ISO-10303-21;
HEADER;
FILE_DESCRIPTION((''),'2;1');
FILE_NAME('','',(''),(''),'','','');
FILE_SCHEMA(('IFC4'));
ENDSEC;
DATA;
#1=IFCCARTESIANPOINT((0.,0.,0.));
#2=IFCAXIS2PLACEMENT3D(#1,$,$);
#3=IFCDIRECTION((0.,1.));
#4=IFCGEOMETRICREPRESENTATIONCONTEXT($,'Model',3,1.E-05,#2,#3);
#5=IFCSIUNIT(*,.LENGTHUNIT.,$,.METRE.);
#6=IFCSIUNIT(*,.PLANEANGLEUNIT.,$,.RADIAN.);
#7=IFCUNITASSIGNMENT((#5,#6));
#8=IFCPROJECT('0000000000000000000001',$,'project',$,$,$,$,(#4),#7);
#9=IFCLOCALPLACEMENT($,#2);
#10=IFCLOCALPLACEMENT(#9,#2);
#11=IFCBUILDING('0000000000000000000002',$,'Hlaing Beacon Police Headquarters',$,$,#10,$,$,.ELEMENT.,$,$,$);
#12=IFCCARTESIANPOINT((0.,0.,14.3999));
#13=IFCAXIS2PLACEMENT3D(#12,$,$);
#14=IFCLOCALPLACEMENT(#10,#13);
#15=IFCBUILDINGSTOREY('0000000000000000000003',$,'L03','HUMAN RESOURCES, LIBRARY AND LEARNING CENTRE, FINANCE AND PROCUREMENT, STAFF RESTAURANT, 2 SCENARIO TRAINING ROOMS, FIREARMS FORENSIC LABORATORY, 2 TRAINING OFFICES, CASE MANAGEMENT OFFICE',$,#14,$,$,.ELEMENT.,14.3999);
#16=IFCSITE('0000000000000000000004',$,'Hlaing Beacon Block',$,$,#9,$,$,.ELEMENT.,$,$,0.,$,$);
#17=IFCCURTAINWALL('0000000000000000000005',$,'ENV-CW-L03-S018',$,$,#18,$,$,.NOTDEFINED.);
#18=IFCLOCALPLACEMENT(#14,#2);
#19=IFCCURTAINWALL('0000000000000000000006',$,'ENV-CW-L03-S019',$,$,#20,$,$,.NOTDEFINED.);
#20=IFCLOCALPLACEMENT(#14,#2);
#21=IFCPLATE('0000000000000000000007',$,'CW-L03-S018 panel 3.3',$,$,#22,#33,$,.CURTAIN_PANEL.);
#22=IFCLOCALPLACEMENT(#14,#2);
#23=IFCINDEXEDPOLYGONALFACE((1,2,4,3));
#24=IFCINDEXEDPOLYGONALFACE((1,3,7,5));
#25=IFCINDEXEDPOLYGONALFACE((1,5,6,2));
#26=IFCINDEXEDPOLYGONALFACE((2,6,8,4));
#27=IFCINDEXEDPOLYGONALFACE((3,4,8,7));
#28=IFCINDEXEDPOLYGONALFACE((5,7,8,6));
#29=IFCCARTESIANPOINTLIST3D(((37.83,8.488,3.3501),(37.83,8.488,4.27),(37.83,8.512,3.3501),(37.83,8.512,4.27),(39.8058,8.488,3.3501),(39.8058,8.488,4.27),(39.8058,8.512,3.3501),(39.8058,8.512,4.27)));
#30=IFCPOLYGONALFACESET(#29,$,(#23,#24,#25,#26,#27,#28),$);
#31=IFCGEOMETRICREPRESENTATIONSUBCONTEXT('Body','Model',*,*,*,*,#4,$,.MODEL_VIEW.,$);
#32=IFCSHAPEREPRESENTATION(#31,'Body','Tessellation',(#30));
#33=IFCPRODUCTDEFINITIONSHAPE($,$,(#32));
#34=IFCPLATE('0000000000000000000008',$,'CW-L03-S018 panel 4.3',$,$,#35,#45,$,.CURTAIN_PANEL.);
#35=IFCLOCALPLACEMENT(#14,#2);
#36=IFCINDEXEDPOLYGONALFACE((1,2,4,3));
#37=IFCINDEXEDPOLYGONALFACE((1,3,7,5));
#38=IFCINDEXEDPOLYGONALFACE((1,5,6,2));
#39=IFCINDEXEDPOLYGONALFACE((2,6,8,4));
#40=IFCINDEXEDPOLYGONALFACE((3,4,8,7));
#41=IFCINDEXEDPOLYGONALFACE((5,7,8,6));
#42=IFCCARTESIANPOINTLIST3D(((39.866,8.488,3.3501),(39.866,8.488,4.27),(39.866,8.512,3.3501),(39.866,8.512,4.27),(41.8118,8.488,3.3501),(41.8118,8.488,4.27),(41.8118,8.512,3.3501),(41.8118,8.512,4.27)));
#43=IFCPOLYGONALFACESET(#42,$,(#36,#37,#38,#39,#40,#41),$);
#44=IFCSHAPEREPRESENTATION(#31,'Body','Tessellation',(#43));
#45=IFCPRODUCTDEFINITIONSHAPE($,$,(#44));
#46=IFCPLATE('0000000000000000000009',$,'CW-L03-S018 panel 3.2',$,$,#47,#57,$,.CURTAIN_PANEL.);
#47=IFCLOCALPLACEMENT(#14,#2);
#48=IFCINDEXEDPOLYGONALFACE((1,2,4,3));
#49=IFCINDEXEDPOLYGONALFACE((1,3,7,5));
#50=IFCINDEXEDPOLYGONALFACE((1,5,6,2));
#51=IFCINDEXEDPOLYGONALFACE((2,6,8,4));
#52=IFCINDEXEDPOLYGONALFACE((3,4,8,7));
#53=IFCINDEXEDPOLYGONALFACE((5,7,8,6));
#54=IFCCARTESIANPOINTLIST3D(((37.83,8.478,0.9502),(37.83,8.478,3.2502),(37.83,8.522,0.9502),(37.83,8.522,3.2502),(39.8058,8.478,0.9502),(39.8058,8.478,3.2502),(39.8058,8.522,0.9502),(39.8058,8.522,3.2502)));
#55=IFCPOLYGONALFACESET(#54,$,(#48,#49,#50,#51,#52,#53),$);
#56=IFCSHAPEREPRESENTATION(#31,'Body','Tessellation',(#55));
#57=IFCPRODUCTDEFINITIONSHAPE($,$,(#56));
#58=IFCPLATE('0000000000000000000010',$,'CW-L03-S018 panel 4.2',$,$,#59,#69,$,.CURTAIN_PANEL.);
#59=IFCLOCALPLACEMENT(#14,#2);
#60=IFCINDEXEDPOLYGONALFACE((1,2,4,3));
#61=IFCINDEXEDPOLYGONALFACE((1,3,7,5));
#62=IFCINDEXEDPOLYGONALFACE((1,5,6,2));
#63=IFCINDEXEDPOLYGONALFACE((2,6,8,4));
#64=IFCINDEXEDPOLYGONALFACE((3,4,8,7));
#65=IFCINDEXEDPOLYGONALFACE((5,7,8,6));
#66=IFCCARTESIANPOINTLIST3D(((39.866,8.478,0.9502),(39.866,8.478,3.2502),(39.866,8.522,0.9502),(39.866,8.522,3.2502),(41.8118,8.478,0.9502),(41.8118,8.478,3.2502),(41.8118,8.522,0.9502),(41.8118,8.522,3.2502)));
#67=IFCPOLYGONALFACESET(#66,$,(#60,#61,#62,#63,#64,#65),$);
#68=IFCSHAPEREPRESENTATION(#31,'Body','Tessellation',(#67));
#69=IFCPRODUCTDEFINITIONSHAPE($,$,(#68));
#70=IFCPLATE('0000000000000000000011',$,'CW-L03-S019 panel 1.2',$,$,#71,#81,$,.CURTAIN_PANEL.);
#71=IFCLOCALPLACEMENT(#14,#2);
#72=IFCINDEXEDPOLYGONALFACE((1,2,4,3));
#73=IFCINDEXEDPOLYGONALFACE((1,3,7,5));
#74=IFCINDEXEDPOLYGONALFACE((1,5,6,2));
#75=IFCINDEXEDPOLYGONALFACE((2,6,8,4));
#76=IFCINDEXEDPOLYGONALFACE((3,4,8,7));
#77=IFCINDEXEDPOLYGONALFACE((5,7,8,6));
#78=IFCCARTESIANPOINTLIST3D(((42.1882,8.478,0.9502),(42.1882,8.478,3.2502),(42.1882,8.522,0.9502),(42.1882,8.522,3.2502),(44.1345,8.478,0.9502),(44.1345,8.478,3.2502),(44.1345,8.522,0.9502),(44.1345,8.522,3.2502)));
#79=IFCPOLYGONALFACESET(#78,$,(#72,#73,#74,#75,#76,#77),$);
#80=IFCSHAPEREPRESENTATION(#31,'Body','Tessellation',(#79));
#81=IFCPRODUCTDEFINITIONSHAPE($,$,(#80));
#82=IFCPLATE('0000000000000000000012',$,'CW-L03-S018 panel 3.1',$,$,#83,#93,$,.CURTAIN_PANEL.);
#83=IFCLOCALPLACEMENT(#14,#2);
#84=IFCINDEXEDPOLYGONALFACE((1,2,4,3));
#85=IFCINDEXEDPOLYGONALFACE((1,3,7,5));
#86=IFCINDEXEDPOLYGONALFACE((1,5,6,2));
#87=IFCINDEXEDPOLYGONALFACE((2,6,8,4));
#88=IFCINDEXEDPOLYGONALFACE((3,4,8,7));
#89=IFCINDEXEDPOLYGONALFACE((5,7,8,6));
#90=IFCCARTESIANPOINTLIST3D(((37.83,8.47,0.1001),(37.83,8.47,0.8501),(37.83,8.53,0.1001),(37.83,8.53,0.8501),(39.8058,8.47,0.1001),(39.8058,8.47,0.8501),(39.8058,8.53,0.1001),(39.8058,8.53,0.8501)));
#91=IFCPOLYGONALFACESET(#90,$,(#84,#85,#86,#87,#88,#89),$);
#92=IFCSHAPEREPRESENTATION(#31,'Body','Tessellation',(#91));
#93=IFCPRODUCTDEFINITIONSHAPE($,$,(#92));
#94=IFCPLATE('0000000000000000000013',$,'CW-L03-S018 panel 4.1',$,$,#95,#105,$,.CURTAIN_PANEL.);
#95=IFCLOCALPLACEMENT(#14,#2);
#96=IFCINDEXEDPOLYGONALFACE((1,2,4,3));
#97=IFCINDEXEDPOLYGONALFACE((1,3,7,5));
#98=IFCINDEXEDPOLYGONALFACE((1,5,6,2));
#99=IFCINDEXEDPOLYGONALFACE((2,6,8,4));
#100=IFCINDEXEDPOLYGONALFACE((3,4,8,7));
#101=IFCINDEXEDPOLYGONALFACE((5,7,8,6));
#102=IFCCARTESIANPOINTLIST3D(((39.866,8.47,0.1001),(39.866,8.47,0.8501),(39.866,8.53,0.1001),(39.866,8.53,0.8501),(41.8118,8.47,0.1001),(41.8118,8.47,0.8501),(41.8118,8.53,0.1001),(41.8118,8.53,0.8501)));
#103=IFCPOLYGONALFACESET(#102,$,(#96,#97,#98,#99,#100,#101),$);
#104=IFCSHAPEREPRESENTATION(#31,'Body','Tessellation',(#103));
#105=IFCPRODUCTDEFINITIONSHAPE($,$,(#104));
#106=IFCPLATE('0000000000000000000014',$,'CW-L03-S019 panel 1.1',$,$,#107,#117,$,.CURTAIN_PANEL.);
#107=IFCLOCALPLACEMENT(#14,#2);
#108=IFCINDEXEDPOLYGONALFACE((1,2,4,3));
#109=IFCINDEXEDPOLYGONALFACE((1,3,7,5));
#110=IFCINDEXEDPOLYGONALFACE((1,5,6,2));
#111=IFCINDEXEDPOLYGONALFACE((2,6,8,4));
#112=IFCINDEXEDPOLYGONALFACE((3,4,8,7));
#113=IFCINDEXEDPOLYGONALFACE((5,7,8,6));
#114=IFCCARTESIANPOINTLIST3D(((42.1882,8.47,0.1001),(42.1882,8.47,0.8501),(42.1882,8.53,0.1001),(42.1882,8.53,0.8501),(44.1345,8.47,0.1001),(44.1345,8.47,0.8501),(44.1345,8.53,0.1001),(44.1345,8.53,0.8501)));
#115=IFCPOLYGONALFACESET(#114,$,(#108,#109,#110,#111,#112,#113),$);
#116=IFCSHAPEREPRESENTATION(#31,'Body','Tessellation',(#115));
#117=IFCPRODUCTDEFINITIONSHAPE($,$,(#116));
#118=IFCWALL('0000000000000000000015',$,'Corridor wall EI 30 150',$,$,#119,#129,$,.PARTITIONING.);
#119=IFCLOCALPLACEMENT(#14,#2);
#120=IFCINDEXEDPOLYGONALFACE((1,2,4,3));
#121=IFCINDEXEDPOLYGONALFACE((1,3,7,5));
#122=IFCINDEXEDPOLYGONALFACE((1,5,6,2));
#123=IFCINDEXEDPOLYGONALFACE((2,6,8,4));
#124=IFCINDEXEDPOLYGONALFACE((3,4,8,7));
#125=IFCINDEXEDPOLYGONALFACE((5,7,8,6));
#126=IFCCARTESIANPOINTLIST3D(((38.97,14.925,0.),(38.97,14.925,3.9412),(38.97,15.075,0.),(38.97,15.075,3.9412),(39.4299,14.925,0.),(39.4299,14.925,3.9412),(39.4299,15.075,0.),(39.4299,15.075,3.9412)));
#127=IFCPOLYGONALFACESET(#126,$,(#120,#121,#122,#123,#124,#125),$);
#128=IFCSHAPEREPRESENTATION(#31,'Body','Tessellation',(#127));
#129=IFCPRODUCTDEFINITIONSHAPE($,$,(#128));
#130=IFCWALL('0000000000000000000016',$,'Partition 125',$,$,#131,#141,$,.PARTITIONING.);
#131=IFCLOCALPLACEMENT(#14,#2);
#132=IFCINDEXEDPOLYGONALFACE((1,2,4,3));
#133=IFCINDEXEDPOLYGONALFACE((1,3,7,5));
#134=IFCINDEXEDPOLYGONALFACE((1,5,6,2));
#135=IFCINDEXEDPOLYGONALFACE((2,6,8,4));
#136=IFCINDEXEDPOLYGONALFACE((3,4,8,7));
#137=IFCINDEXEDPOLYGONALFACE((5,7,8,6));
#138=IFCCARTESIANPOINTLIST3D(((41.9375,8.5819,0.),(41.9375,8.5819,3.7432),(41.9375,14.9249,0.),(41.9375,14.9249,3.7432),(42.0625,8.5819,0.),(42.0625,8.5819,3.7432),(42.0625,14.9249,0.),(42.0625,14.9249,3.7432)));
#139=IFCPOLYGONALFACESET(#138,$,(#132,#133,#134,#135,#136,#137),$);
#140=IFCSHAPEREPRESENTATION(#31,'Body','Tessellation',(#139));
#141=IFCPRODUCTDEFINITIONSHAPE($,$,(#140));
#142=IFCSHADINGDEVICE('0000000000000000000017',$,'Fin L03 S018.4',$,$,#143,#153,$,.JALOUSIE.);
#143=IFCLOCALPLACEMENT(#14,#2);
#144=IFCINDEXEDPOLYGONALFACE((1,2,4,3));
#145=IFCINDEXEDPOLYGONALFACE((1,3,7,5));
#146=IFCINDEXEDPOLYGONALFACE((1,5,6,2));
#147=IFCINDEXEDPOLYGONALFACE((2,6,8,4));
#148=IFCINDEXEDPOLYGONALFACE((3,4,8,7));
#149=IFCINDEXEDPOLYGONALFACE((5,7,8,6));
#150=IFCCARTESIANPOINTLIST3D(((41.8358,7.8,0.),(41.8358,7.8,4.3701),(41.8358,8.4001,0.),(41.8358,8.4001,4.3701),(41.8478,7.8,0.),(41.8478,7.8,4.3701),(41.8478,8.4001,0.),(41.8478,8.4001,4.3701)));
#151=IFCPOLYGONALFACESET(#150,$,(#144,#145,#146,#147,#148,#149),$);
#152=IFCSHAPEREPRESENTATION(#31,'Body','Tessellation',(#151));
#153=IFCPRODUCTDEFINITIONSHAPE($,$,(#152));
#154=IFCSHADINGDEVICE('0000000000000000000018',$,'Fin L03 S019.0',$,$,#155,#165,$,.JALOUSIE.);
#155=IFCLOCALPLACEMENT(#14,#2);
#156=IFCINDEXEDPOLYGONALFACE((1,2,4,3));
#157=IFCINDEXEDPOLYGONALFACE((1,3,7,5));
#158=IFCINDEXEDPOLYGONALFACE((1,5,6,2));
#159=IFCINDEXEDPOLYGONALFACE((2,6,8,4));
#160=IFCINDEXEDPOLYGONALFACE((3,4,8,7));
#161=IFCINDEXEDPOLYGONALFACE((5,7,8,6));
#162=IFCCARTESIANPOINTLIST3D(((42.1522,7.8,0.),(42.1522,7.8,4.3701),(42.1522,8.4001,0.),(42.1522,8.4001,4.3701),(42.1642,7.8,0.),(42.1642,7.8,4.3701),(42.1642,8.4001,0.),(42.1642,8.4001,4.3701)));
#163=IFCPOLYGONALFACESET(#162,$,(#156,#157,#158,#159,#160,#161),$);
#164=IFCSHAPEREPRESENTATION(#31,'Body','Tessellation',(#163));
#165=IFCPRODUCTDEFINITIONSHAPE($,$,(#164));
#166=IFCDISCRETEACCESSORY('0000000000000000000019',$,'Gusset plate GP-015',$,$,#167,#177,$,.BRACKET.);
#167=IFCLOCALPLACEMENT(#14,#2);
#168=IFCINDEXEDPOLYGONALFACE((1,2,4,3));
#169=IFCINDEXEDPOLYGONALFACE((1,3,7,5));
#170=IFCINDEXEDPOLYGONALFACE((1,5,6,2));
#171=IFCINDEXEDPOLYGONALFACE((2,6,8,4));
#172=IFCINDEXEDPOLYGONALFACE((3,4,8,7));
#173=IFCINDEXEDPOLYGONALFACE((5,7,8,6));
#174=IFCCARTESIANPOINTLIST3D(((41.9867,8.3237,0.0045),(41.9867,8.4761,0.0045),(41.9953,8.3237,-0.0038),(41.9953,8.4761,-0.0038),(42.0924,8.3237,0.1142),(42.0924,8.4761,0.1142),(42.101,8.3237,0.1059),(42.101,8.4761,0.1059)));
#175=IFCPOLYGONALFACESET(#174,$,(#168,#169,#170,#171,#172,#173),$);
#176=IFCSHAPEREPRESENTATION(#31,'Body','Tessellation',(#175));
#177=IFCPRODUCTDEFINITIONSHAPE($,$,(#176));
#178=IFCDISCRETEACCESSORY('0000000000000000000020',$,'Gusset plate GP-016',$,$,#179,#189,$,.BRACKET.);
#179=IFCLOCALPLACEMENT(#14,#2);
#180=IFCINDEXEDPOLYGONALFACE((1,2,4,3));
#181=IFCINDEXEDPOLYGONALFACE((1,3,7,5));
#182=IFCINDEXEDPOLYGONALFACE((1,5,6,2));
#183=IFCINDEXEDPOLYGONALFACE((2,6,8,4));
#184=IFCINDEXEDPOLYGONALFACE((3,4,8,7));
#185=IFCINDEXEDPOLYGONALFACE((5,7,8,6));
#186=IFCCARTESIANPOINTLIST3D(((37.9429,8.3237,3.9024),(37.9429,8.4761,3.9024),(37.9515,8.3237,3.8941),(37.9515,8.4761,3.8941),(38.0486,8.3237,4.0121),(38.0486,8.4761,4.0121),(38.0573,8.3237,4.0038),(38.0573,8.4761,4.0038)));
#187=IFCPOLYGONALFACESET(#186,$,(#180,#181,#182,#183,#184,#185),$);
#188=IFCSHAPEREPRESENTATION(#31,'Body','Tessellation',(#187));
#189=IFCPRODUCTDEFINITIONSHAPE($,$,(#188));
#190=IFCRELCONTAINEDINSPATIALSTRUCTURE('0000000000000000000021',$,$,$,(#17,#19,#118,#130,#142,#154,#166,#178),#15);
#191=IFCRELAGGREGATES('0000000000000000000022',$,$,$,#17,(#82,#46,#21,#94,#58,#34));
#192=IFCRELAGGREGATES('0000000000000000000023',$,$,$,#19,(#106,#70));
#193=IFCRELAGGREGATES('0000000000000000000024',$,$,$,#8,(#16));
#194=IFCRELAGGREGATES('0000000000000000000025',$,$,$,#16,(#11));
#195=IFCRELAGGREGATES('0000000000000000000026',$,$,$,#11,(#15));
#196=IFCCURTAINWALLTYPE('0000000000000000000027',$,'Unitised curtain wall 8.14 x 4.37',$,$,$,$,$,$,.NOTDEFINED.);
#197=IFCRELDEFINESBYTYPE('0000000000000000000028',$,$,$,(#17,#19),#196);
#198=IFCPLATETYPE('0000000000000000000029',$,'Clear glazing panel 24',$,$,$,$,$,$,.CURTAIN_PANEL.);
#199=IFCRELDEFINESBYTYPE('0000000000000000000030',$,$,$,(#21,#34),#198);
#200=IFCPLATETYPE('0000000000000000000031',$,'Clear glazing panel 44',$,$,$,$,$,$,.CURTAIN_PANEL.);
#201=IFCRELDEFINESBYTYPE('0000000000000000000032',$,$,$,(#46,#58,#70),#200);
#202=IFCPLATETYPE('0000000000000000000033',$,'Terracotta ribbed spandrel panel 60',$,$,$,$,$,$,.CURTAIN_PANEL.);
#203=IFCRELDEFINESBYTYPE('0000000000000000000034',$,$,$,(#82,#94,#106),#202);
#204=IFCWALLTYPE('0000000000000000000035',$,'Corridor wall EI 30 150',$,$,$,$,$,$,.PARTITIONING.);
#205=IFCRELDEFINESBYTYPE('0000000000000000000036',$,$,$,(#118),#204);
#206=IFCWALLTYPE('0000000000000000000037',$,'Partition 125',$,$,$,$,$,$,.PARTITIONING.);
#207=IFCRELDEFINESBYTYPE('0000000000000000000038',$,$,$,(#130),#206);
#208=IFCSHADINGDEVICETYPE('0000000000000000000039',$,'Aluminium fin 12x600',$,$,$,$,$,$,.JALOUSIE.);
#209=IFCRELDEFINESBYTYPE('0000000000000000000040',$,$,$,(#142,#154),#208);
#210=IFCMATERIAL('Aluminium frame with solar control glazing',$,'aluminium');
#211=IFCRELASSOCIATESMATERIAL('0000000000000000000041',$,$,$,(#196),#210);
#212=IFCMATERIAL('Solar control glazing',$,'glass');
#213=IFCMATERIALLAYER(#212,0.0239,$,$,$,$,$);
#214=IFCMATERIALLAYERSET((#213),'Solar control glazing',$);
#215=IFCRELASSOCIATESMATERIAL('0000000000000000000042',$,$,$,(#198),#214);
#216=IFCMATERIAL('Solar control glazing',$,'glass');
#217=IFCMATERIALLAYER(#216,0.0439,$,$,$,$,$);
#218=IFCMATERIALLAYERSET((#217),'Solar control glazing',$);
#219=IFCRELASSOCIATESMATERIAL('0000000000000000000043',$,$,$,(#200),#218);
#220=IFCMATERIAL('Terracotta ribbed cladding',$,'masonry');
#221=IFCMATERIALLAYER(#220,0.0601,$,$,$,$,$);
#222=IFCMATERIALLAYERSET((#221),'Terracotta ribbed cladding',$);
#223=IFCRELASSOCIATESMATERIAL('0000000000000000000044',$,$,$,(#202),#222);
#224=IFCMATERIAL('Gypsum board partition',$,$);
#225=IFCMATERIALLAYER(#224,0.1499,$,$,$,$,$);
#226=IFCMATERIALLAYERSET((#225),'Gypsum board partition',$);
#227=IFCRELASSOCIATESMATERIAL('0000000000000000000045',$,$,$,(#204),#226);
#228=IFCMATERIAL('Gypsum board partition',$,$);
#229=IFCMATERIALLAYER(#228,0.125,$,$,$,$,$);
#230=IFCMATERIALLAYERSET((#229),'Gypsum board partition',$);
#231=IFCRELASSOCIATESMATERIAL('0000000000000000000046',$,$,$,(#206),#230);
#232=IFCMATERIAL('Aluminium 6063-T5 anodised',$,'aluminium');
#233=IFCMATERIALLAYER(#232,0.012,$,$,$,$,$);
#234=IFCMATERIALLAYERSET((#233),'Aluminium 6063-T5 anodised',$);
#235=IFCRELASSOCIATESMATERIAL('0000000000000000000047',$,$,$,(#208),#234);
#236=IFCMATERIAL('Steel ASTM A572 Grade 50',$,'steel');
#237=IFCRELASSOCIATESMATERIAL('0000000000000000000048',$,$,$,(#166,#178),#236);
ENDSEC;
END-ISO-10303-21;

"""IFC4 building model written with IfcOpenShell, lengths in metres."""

from ifc_helpers import new_model, si_unit, direction, frame, frame_2d, origin, origin_2d, place, context, subcontext, project, spatial, rectangle, extrude, material, layer, layer_set, type_object, element, aggregate, save


model = new_model("IFC4")

# Units and contexts
model_context = context("Model", 3, precision=1e-05, world=origin(), true_north=direction((0.0, 1.0)))
body_context = subcontext(model_context, "Body", "Model", "MODEL_VIEW")
ifc_project = project(units=[si_unit("LENGTHUNIT", "METRE"), si_unit("PLANEANGLEUNIT", "RADIAN")], contexts=[model_context])

# Site, building, storey
site_placement = place(None, origin())
site = spatial("IfcSite", under=ifc_project, at=site_placement, Name="Hlaing Beacon Block", CompositionType="ELEMENT", RefElevation=0.0)
building_placement = place(site_placement, origin())
building = spatial("IfcBuilding", under=site, at=building_placement, Name="Hlaing Beacon Police Headquarters", CompositionType="ELEMENT")
storey_placement = place(building_placement, frame((0.0, 0.0, 14.3999)))
storey = spatial("IfcBuildingStorey", under=building, at=storey_placement, Name="L03", Description="HUMAN RESOURCES, LIBRARY AND LEARNING CENTRE, FINANCE AND PROCUREMENT, STAFF RESTAURANT, 2 SCENARIO TRAINING ROOMS, FIREARMS FORENSIC LABORATORY, 2 TRAINING OFFICES, CASE MANAGEMENT OFFICE", CompositionType="ELEMENT", Elevation=14.3999)

# Curtain wall
ifc_material_1 = material(Name="Aluminium frame with solar control glazing", Category="aluminium")
curtain_wall_type = type_object("IfcCurtainWallType", Name="Unitised curtain wall 8.14 x 4.37", PredefinedType="NOTDEFINED", material=ifc_material_1)
curtain_wall_1_placement = place(storey_placement, origin())
curtain_wall_1 = element("IfcCurtainWall", 1, at=curtain_wall_1_placement, inside=storey, type_object=curtain_wall_type, Name="ENV-CW-L03-S018", PredefinedType="NOTDEFINED")

# Curtain wall
curtain_wall_2_placement = place(storey_placement, origin())
curtain_wall_2 = element("IfcCurtainWall", 2, at=curtain_wall_2_placement, inside=storey, type_object=curtain_wall_type, Name="ENV-CW-L03-S019", PredefinedType="NOTDEFINED")

# Plates
ifc_material_2 = material(Name="Solar control glazing", Category="glass")
ifc_layer_1 = layer(ifc_material_2, 0.0239)
ifc_layer_set_1 = layer_set([ifc_layer_1], Name="Solar control glazing")
plate_type_1 = type_object("IfcPlateType", Name="Clear glazing panel 24", PredefinedType="CURTAIN_PANEL", material=ifc_layer_set_1)
plate_1_placement = place(storey_placement, frame((38.8179, 8.5, 3.3501), z_axis=(0.0, 0.0, 1.0), x_axis=(1.0, 0.0, 0.0)))
plate_1 = element("IfcPlate", 3, at=plate_1_placement, type_object=plate_type_1, Name="CW-L03-S018 panel 3.3", PredefinedType="CURTAIN_PANEL", context=body_context, shape_type="SweptSolid", body=[
    extrude(rectangle(XDim=1.9758, YDim=0.0239, at=origin_2d()), origin(), (0.0, 0.0, 1.0), 0.9199),
])
plate_2_placement = place(storey_placement, frame((40.8389, 8.5, 3.3501), z_axis=(0.0, 0.0, 1.0), x_axis=(1.0, 0.0, 0.0)))
plate_2 = element("IfcPlate", 4, at=plate_2_placement, type_object=plate_type_1, Name="CW-L03-S018 panel 4.3", PredefinedType="CURTAIN_PANEL", context=body_context, shape_type="SweptSolid", body=[
    extrude(rectangle(XDim=1.9458, YDim=0.0239, at=origin_2d()), origin(), (0.0, 0.0, 1.0), 0.9199),
])
ifc_material_3 = material(Name="Solar control glazing", Category="glass")
ifc_layer_2 = layer(ifc_material_3, 0.0439)
ifc_layer_set_2 = layer_set([ifc_layer_2], Name="Solar control glazing")
plate_type_2 = type_object("IfcPlateType", Name="Clear glazing panel 44", PredefinedType="CURTAIN_PANEL", material=ifc_layer_set_2)
plate_3_placement = place(storey_placement, frame((38.8179, 8.5, 0.9502), z_axis=(0.0, 0.0, 1.0), x_axis=(1.0, 0.0, 0.0)))
plate_3 = element("IfcPlate", 5, at=plate_3_placement, type_object=plate_type_2, Name="CW-L03-S018 panel 3.2", PredefinedType="CURTAIN_PANEL", context=body_context, shape_type="SweptSolid", body=[
    extrude(rectangle(XDim=1.9758, YDim=0.0439, at=origin_2d()), origin(), (0.0, 0.0, 1.0), 2.3),
])
plate_4_placement = place(storey_placement, frame((40.8389, 8.5, 0.9502), z_axis=(0.0, 0.0, 1.0), x_axis=(1.0, 0.0, 0.0)))
plate_4 = element("IfcPlate", 6, at=plate_4_placement, type_object=plate_type_2, Name="CW-L03-S018 panel 4.2", PredefinedType="CURTAIN_PANEL", context=body_context, shape_type="SweptSolid", body=[
    extrude(rectangle(XDim=1.9458, YDim=0.0439, at=origin_2d()), origin(), (0.0, 0.0, 1.0), 2.3),
])
plate_5_placement = place(storey_placement, frame((43.1614, 8.5, 0.9502), z_axis=(0.0, 0.0, 1.0), x_axis=(1.0, 0.0, 0.0)))
plate_5 = element("IfcPlate", 7, at=plate_5_placement, type_object=plate_type_2, Name="CW-L03-S019 panel 1.2", PredefinedType="CURTAIN_PANEL", context=body_context, shape_type="SweptSolid", body=[
    extrude(rectangle(XDim=1.9463, YDim=0.0439, at=origin_2d()), origin(), (0.0, 0.0, 1.0), 2.3),
])
ifc_material_4 = material(Name="Terracotta ribbed cladding", Category="masonry")
ifc_layer_3 = layer(ifc_material_4, 0.0601)
ifc_layer_set_3 = layer_set([ifc_layer_3], Name="Terracotta ribbed cladding")
plate_type_3 = type_object("IfcPlateType", Name="Terracotta ribbed spandrel panel 60", PredefinedType="CURTAIN_PANEL", material=ifc_layer_set_3)
plate_6_placement = place(storey_placement, frame((38.8179, 8.5, 0.1001), z_axis=(0.0, 0.0, 1.0), x_axis=(1.0, 0.0, 0.0)))
plate_6 = element("IfcPlate", 8, at=plate_6_placement, type_object=plate_type_3, Name="CW-L03-S018 panel 3.1", PredefinedType="CURTAIN_PANEL", context=body_context, shape_type="SweptSolid", body=[
    extrude(rectangle(XDim=1.9758, YDim=0.0601, at=origin_2d()), origin(), (0.0, 0.0, 1.0), 0.75),
])
plate_7_placement = place(storey_placement, frame((40.8389, 8.5, 0.1001), z_axis=(0.0, 0.0, 1.0), x_axis=(1.0, 0.0, 0.0)))
plate_7 = element("IfcPlate", 9, at=plate_7_placement, type_object=plate_type_3, Name="CW-L03-S018 panel 4.1", PredefinedType="CURTAIN_PANEL", context=body_context, shape_type="SweptSolid", body=[
    extrude(rectangle(XDim=1.9458, YDim=0.0601, at=origin_2d()), origin(), (0.0, 0.0, 1.0), 0.75),
])
aggregate(curtain_wall_1, [plate_6, plate_3, plate_1, plate_7, plate_4, plate_2])
plate_8_placement = place(storey_placement, frame((43.1614, 8.5, 0.1001), z_axis=(0.0, 0.0, 1.0), x_axis=(1.0, 0.0, 0.0)))
plate_8 = element("IfcPlate", 10, at=plate_8_placement, type_object=plate_type_3, Name="CW-L03-S019 panel 1.1", PredefinedType="CURTAIN_PANEL", context=body_context, shape_type="SweptSolid", body=[
    extrude(rectangle(XDim=1.9463, YDim=0.0601, at=origin_2d()), origin(), (0.0, 0.0, 1.0), 0.75),
])
aggregate(curtain_wall_2, [plate_8, plate_5])

# Walls
ifc_material_5 = material(Name="Gypsum board partition")
ifc_layer_4 = layer(ifc_material_5, 0.1499)
ifc_layer_set_4 = layer_set([ifc_layer_4], Name="Gypsum board partition")
wall_type_1 = type_object("IfcWallType", Name="Corridor wall EI 30 150", PredefinedType="PARTITIONING", material=ifc_layer_set_4)
wall_1_placement = place(storey_placement, frame((38.97, 15.0, 0.0), z_axis=(0.0, 0.0, 1.0), x_axis=(1.0, 0.0, 0.0)))
element("IfcWall", 11, at=wall_1_placement, inside=storey, type_object=wall_type_1, Name="Corridor wall EI 30 150", PredefinedType="PARTITIONING", context=body_context, shape_type="SweptSolid", body=[
    extrude(rectangle(XDim=0.46, YDim=0.1499, at=frame_2d((0.23, 0.0))), origin(), (0.0, 0.0, 1.0), 3.9412),
])
ifc_material_6 = material(Name="Gypsum board partition")
ifc_layer_5 = layer(ifc_material_6, 0.125)
ifc_layer_set_5 = layer_set([ifc_layer_5], Name="Gypsum board partition")
wall_type_2 = type_object("IfcWallType", Name="Partition 125", PredefinedType="PARTITIONING", material=ifc_layer_set_5)
wall_2_placement = place(storey_placement, frame((42.0, 8.582, 0.0), z_axis=(0.0, 0.0, 1.0), x_axis=(0.0, 1.0, 0.0)))
element("IfcWall", 12, at=wall_2_placement, inside=storey, type_object=wall_type_2, Name="Partition 125", PredefinedType="PARTITIONING", context=body_context, shape_type="SweptSolid", body=[
    extrude(rectangle(XDim=6.343, YDim=0.125, at=frame_2d((3.1714, 0.0))), origin(), (0.0, 0.0, 1.0), 3.7432),
])

# Shading devices
ifc_material_7 = material(Name="Aluminium 6063-T5 anodised", Category="aluminium")
ifc_layer_6 = layer(ifc_material_7, 0.012)
ifc_layer_set_6 = layer_set([ifc_layer_6], Name="Aluminium 6063-T5 anodised")
shading_device_type = type_object("IfcShadingDeviceType", Name="Aluminium fin 12x600", PredefinedType="JALOUSIE", material=ifc_layer_set_6)
for number, where, z_axis, x_axis, name in (
    (13, (41.8418, 8.1001, 0.0), (0.0, 0.0, 1.0), (1.0, 0.0, 0.0), "Fin L03 S018.4"),
    (14, (42.1582, 8.1001, 0.0), (0.0, 0.0, 1.0), (1.0, 0.0, 0.0), "Fin L03 S019.0"),
):
    element("IfcShadingDevice", number, at=place(storey_placement, frame(where, z_axis=z_axis, x_axis=x_axis)), inside=storey, type_object=shading_device_type, Name=name, PredefinedType="JALOUSIE", context=body_context, shape_type="SweptSolid", body=[
        extrude(rectangle(XDim=0.012, YDim=0.6001, at=origin_2d()), origin(), (0.0, 0.0, 1.0), 4.3701),
    ])

# Discrete accessories
ifc_material_8 = material(Name="Steel ASTM A572 Grade 50", Category="steel")
for number, where, z_axis, x_axis, name in (
    (15, (42.0396, 8.3999, 0.0593), (0.719984, 0.0, -0.693991), (0.0, 1.0, 0.0), "Gusset plate GP-015"),
    (16, (38.0044, 8.3999, 3.949), (-0.719984, 0.0, 0.693991), (0.0, -1.0, 0.0), "Gusset plate GP-016"),
):
    element("IfcDiscreteAccessory", number, at=place(storey_placement, frame(where, z_axis=z_axis, x_axis=x_axis)), inside=storey, material=ifc_material_8, Name=name, PredefinedType="BRACKET", context=body_context, shape_type="SweptSolid", body=[
        extrude(rectangle(XDim=0.1523, YDim=0.1523, at=origin_2d()), origin(), (0.0, 0.0, 1.0), 0.012),
    ])

save(model, "model.ifc")
